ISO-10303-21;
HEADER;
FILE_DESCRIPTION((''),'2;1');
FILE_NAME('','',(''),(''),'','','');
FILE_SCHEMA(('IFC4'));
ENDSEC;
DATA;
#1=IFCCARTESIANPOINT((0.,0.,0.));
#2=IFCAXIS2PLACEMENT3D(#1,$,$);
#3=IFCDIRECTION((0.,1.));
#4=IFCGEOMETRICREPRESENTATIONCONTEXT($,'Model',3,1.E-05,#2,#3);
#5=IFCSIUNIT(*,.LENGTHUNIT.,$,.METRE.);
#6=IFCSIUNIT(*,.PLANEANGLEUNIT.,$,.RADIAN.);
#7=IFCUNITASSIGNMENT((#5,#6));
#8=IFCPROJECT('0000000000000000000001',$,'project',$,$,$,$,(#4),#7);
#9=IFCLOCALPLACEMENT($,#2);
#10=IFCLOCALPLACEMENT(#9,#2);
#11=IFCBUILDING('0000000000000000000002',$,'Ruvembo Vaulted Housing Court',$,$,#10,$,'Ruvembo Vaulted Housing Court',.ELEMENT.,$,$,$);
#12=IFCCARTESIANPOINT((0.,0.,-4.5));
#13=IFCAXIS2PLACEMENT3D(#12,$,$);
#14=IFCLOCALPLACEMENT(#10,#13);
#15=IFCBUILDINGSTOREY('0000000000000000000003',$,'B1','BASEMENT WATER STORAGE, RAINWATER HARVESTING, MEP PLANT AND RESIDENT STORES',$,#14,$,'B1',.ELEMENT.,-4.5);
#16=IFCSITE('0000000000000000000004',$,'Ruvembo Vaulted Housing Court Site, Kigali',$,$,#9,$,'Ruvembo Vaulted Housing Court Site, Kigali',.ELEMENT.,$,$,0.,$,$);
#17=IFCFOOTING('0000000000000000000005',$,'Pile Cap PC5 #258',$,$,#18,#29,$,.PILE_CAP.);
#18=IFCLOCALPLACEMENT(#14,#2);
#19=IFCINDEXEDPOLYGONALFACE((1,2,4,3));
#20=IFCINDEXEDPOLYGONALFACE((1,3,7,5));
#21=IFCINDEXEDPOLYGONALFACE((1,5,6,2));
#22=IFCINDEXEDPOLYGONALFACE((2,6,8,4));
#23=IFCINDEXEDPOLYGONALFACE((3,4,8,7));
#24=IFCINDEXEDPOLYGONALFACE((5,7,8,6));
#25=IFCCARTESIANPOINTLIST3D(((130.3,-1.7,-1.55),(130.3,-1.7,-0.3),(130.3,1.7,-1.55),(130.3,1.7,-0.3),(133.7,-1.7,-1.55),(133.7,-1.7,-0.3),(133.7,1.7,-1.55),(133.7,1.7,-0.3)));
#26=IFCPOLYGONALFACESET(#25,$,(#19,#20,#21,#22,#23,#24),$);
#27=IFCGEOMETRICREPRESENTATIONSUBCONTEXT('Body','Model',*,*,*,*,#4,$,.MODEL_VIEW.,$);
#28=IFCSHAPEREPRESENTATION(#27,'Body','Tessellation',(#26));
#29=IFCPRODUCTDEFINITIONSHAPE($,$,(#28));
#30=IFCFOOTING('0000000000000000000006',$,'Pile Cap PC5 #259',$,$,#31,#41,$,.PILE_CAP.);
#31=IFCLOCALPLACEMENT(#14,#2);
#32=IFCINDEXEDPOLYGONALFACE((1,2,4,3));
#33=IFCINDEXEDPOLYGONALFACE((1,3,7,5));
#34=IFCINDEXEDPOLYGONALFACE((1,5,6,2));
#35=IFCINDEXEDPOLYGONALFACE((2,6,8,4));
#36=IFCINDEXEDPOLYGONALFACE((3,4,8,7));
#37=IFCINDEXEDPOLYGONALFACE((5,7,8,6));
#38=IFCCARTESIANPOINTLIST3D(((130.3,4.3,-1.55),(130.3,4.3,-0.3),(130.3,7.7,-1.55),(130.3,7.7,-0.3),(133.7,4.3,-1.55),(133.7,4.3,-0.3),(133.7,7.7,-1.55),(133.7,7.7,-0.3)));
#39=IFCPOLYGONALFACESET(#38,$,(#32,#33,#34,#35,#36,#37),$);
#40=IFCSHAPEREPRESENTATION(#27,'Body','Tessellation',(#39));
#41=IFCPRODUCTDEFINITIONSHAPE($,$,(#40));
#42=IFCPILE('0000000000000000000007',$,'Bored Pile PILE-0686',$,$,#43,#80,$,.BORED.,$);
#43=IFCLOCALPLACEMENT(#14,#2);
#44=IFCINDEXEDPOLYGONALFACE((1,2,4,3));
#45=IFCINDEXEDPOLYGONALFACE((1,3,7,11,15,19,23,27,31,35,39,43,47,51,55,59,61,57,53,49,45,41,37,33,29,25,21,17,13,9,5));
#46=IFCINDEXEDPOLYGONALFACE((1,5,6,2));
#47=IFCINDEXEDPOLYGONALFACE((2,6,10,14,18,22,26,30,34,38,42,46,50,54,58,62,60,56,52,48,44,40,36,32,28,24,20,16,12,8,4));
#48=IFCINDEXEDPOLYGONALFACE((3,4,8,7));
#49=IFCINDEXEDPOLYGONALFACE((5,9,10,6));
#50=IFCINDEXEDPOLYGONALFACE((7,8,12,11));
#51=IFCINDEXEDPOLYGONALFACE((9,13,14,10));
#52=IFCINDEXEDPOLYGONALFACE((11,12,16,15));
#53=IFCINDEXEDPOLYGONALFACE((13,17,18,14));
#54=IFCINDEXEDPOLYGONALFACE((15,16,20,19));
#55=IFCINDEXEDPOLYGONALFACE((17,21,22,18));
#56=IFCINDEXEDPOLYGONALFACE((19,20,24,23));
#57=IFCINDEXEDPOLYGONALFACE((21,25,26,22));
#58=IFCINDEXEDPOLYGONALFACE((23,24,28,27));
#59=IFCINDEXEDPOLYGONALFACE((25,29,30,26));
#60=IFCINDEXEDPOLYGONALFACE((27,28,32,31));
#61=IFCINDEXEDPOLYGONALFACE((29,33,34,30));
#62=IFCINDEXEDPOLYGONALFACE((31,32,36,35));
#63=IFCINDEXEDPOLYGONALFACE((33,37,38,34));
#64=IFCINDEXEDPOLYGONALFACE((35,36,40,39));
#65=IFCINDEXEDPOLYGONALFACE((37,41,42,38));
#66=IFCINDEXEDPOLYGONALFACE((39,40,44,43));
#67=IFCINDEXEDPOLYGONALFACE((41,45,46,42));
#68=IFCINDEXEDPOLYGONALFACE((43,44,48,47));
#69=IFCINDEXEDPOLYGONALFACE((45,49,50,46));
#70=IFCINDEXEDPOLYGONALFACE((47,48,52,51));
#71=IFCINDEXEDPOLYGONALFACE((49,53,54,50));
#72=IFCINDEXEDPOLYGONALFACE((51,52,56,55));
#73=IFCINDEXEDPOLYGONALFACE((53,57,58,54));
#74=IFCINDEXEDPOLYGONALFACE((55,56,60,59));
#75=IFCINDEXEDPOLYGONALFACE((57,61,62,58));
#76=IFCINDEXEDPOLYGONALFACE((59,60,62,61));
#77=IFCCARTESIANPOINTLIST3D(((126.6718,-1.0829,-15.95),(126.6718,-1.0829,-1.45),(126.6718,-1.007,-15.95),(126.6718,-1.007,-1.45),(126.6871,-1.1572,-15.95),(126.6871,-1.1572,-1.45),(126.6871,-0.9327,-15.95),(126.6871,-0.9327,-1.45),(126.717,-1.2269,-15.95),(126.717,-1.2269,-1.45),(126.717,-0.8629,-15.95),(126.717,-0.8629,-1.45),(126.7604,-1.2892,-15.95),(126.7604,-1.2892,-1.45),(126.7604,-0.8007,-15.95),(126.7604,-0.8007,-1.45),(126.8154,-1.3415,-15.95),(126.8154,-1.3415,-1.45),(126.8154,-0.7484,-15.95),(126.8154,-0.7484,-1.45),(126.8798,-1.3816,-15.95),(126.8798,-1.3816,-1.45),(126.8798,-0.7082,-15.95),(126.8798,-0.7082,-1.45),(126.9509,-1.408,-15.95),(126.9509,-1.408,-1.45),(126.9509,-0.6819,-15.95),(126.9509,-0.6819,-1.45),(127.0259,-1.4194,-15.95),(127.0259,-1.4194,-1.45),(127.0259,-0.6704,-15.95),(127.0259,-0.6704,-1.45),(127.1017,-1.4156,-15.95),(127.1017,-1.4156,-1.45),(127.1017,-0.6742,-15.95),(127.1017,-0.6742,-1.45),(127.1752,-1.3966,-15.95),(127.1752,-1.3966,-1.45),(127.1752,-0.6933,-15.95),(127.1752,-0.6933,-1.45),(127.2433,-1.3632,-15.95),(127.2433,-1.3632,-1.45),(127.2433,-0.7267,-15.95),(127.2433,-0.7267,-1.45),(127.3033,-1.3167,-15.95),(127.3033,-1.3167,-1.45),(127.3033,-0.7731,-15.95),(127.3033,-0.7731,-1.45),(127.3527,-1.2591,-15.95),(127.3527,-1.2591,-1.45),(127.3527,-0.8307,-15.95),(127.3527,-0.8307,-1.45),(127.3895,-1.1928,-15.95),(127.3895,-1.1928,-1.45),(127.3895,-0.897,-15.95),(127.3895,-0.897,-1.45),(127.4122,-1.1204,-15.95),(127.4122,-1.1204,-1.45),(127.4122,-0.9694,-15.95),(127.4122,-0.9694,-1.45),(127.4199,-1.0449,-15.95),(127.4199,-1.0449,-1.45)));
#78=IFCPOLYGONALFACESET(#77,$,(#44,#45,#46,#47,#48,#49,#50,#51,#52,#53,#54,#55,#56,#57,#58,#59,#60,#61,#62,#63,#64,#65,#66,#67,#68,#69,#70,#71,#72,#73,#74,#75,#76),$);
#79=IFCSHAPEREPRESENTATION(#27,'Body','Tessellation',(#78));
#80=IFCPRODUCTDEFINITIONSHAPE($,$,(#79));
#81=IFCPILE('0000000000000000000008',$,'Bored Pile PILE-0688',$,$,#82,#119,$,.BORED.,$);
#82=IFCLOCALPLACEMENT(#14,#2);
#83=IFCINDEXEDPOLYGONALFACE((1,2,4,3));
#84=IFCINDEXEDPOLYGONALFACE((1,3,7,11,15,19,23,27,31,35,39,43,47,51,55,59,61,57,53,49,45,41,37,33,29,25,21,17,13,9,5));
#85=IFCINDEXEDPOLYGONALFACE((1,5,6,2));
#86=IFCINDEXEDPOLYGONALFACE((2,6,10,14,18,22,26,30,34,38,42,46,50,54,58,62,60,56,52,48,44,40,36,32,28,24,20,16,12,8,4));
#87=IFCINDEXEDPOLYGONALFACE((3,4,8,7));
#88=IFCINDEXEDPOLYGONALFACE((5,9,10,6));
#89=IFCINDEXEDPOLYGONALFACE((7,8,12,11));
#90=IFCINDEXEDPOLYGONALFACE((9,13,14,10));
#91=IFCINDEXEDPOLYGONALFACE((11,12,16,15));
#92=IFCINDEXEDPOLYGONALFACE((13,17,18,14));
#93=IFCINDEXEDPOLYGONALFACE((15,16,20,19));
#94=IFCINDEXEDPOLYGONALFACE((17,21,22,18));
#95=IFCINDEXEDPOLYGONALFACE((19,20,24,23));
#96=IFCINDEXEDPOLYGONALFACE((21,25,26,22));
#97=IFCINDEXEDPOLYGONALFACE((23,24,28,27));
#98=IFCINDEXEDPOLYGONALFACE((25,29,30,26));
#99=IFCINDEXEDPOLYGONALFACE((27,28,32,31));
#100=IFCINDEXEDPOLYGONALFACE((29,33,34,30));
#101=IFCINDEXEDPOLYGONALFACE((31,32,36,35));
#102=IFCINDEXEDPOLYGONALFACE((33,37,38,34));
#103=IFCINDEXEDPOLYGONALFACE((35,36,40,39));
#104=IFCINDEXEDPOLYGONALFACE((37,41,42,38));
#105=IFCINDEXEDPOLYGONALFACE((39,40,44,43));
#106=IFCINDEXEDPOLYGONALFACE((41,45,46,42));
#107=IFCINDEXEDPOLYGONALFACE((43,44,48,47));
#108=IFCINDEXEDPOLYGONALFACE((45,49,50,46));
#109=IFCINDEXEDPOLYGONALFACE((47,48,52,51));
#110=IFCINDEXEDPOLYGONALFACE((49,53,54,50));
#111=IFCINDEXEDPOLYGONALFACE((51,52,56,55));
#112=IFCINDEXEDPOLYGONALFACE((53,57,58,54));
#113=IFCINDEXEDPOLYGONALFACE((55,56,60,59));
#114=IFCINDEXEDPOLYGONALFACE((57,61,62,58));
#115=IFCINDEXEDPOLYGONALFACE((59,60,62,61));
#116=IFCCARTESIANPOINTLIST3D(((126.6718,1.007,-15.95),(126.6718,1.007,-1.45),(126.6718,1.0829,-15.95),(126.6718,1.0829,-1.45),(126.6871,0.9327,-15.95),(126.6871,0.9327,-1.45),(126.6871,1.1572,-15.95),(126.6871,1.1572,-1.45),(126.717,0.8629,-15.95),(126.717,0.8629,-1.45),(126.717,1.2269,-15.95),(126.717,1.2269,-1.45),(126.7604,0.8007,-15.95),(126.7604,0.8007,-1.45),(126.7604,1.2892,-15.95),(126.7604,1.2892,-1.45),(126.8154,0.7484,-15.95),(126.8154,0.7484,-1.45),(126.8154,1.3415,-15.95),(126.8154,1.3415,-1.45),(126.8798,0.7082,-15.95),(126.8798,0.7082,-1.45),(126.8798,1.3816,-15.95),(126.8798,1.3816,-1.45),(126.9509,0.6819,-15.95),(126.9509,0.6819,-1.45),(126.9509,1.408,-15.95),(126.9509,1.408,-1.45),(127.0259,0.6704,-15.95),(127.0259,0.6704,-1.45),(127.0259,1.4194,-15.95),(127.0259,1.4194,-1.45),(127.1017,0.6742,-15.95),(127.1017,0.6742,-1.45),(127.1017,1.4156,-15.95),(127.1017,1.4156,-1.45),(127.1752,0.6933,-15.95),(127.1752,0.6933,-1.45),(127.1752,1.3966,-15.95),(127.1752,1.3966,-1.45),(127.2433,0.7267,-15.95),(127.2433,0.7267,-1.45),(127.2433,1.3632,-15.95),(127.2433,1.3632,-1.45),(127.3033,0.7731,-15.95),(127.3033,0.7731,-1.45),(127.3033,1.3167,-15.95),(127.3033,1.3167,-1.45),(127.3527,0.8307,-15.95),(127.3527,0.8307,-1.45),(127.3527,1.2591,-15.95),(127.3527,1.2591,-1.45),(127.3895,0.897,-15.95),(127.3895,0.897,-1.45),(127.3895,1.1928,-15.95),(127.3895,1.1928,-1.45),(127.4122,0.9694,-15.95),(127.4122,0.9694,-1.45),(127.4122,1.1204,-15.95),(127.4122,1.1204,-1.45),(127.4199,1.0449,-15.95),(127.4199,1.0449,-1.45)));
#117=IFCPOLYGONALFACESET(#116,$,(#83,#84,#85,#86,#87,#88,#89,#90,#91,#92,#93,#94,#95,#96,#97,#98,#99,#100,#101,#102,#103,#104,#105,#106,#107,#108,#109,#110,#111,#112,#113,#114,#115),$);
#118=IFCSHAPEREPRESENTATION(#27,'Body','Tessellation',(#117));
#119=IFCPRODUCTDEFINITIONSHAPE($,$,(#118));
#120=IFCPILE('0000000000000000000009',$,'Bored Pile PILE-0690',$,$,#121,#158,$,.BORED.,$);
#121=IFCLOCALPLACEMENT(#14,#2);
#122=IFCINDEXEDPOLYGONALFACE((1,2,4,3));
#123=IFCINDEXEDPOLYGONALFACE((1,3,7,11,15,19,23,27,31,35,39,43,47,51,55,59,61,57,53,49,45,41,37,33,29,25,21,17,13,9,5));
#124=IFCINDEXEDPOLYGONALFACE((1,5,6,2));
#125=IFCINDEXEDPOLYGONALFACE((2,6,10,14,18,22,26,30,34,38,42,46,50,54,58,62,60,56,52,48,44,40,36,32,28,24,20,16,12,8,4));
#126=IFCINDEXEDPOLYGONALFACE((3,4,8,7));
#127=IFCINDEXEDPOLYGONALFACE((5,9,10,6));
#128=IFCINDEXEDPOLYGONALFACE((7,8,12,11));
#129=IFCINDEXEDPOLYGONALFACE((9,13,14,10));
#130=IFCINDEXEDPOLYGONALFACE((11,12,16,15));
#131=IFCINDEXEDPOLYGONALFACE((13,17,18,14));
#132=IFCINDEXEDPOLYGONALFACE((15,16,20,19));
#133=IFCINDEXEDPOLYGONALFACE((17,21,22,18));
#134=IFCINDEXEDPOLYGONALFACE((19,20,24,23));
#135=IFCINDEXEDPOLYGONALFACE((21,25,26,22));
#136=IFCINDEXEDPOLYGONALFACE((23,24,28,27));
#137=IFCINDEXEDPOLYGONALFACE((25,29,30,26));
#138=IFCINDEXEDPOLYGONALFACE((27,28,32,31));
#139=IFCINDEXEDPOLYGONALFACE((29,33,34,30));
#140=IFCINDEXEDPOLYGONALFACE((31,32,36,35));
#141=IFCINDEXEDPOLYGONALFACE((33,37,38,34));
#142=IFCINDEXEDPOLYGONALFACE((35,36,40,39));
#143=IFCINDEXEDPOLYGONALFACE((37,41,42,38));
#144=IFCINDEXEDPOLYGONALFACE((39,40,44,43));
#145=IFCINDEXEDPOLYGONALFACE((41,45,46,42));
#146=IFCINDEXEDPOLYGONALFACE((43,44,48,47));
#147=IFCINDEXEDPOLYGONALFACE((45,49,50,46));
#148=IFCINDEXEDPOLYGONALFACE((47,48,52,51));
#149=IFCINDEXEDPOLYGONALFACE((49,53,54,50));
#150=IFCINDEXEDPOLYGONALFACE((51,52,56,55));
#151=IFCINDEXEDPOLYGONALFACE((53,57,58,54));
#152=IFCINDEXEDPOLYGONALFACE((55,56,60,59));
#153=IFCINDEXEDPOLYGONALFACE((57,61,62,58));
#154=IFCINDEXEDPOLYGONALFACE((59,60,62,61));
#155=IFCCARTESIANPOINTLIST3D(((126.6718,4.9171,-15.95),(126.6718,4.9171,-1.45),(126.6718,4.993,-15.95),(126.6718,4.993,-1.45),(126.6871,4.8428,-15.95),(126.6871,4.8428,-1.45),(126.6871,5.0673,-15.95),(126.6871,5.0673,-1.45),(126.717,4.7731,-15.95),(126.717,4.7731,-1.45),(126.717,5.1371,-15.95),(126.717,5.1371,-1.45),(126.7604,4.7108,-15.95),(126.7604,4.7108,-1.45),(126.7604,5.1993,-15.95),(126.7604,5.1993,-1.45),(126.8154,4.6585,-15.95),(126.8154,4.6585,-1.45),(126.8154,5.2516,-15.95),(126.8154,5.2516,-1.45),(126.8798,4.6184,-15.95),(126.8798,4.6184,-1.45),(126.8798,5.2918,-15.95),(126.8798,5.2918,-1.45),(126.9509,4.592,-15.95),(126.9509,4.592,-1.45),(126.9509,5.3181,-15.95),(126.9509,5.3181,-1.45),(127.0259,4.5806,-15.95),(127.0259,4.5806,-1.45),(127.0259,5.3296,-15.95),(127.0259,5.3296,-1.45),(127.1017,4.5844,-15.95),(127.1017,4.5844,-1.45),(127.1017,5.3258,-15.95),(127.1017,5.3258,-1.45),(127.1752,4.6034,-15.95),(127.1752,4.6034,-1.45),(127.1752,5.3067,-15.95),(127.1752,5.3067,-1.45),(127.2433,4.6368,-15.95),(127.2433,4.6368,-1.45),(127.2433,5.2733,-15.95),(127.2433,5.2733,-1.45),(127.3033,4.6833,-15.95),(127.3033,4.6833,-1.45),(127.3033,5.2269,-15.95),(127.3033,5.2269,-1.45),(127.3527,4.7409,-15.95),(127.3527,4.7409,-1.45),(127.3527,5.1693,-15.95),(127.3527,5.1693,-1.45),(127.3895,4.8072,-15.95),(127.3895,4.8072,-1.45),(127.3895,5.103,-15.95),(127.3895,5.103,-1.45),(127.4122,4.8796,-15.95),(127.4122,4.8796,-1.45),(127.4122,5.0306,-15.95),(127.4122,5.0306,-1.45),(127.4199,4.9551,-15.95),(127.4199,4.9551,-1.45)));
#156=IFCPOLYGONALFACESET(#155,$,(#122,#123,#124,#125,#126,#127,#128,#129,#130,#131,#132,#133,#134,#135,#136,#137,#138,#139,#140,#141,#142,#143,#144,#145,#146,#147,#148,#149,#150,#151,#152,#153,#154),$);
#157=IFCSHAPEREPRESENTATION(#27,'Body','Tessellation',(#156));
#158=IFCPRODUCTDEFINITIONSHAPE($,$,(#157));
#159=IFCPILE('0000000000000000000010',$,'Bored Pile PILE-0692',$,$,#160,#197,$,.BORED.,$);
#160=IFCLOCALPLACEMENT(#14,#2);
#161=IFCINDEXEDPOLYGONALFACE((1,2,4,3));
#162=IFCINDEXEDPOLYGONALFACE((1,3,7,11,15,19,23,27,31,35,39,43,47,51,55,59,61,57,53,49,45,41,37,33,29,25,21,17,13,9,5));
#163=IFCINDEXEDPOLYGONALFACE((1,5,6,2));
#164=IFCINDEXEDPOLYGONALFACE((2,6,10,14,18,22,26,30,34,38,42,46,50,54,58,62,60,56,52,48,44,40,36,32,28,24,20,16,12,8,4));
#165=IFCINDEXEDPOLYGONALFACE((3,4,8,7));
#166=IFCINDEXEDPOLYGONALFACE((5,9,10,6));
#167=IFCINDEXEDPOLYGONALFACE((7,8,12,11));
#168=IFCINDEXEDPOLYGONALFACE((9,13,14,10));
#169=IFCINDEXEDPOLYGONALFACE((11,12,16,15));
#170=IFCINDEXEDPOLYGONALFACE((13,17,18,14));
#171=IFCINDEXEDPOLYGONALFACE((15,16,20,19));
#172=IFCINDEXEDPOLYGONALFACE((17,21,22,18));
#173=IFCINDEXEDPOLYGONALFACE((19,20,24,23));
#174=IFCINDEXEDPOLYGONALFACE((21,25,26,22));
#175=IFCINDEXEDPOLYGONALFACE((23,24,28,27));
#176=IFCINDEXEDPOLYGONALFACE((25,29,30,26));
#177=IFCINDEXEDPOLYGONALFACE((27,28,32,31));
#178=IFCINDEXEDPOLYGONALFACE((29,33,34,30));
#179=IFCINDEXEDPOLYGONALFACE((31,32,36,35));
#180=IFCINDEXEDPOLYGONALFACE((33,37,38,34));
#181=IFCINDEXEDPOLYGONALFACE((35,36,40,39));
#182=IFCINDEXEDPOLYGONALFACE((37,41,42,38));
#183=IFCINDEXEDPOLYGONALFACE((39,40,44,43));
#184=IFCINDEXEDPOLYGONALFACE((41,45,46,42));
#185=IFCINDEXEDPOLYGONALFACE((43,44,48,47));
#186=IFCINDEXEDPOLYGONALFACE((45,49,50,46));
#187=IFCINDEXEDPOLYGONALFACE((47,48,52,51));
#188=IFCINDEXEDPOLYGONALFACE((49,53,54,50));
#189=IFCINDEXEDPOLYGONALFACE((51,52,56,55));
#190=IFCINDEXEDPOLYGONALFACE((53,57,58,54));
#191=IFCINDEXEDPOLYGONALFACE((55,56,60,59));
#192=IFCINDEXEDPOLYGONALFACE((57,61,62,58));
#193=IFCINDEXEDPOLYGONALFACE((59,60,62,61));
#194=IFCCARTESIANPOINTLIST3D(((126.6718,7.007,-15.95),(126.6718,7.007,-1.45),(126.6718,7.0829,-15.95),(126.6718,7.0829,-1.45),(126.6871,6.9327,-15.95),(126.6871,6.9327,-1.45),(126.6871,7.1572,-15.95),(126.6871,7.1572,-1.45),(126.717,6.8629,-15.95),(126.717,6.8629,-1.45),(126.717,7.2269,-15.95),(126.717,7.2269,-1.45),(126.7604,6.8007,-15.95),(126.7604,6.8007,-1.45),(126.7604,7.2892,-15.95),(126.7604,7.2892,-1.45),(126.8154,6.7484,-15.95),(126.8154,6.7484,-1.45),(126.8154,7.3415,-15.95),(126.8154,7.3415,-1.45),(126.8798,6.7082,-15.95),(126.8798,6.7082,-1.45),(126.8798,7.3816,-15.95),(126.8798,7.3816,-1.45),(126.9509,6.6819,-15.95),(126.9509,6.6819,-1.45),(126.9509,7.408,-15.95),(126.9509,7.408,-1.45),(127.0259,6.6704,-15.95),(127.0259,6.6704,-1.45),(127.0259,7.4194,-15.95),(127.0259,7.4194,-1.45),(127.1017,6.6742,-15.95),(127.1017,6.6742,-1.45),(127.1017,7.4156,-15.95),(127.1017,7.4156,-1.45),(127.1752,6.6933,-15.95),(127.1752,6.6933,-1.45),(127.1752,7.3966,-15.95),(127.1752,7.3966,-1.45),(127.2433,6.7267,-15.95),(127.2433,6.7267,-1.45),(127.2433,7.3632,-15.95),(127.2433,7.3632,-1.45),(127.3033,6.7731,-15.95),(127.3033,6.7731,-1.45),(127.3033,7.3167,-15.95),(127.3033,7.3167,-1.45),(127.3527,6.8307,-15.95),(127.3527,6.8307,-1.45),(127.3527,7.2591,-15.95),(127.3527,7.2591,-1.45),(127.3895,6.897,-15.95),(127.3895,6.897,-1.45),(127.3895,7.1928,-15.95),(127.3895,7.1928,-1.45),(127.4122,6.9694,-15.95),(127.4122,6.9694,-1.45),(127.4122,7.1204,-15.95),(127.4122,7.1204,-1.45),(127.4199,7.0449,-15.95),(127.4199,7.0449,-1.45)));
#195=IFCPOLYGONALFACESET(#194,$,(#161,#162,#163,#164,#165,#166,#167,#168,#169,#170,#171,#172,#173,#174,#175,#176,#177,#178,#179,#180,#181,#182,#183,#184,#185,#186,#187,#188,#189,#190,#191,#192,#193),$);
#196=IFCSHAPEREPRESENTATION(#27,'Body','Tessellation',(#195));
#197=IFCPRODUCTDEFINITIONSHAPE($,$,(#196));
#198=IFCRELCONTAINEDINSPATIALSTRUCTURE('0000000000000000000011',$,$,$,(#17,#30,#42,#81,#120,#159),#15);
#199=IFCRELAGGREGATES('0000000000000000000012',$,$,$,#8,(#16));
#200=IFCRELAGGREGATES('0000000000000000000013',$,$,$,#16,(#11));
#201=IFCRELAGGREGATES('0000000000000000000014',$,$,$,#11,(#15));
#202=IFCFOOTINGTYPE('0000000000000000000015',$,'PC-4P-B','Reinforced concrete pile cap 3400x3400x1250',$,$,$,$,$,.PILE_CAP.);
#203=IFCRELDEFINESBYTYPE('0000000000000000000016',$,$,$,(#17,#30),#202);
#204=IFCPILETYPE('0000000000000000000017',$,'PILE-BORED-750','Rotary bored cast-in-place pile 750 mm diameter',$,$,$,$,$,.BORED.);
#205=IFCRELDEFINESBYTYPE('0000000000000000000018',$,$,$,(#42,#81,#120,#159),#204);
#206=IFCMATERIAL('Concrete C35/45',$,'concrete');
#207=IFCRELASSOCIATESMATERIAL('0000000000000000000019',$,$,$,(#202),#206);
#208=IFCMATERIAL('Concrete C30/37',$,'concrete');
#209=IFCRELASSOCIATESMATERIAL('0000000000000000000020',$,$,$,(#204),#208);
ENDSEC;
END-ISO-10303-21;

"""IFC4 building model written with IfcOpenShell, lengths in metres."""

from ifc_helpers import new_model, si_unit, direction, frame, origin, origin_2d, place, context, subcontext, project, spatial, rectangle, circle, extrude, material, material_profile, profile_set, type_object, element, save


model = new_model("IFC4")

# Units and contexts
model_context = context("Model", 3, precision=1e-05, world=origin(), true_north=direction((0.0, 1.0)))
body_context = subcontext(model_context, "Body", "Model", "MODEL_VIEW")
ifc_project = project(units=[si_unit("LENGTHUNIT", "METRE"), si_unit("PLANEANGLEUNIT", "RADIAN")], contexts=[model_context])

# Site, building, storey
site_placement = place(None, origin())
site = spatial("IfcSite", under=ifc_project, at=site_placement, Name="Ruvembo Vaulted Housing Court Site, Kigali", LongName="Ruvembo Vaulted Housing Court Site, Kigali", CompositionType="ELEMENT", RefElevation=0.0)
building_placement = place(site_placement, origin())
building = spatial("IfcBuilding", under=site, at=building_placement, Name="Ruvembo Vaulted Housing Court", LongName="Ruvembo Vaulted Housing Court", CompositionType="ELEMENT")
storey_placement = place(building_placement, frame((0.0, 0.0, -4.5)))
storey = spatial("IfcBuildingStorey", under=building, at=storey_placement, Name="B1", Description="BASEMENT WATER STORAGE, RAINWATER HARVESTING, MEP PLANT AND RESIDENT STORES", LongName="B1", CompositionType="ELEMENT", Elevation=-4.5)

# Footings
ifc_material_1 = material(Name="Concrete C35/45", Category="concrete")
footing_type = type_object("IfcFootingType", Name="PC-4P-B", Description="Reinforced concrete pile cap 3400x3400x1250", PredefinedType="PILE_CAP", material=ifc_material_1)
for number, where, z_axis, x_axis, name in (
    (1, (132.0, 0.0, -1.55), (0.0, 0.0, 1.0), (1.0, 0.0, 0.0), "Pile Cap PC5 #258"),
    (2, (132.0, 6.0, -1.55), (0.0, 0.0, 1.0), (1.0, 0.0, 0.0), "Pile Cap PC5 #259"),
):
    element("IfcFooting", number, at=place(storey_placement, frame(where, z_axis=z_axis, x_axis=x_axis)), inside=storey, type_object=footing_type, Name=name, PredefinedType="PILE_CAP", context=body_context, shape_type="SweptSolid", body=[
        extrude(rectangle(XDim=3.3999, YDim=3.3999, at=origin_2d()), origin(), (0.0, 0.0, 1.0), 1.25),
    ])

# Piles
ifc_material_2 = material(Name="Concrete C30/37", Category="concrete")
ifc_material_profile_1 = material_profile(ifc_material_2, circle(Radius=0.375, at=origin_2d()), Name="PILE D750")
ifc_profile_set_1 = profile_set([ifc_material_profile_1], Name="Concrete C30/37")
pile_type = type_object("IfcPileType", Name="PILE-BORED-750", Description="Rotary bored cast-in-place pile 750 mm diameter", PredefinedType="BORED", material=ifc_profile_set_1)
for number, where, z_axis, x_axis, name in (
    (3, (127.0449, -1.0449, -1.45), (0.0, 0.0, -1.0), (1.0, 0.0, 0.0), "Bored Pile PILE-0686"),
    (4, (127.0449, 1.0449, -1.45), (0.0, 0.0, -1.0), (1.0, 0.0, 0.0), "Bored Pile PILE-0688"),
    (5, (127.0449, 4.9551, -1.45), (0.0, 0.0, -1.0), (1.0, 0.0, 0.0), "Bored Pile PILE-0690"),
    (6, (127.0449, 7.0449, -1.45), (0.0, 0.0, -1.0), (1.0, 0.0, 0.0), "Bored Pile PILE-0692"),
):
    element("IfcPile", number, at=place(storey_placement, frame(where, z_axis=z_axis, x_axis=x_axis)), inside=storey, type_object=pile_type, Name=name, PredefinedType="BORED", context=body_context, shape_type="SweptSolid", body=[
        extrude(circle(Radius=0.375, at=origin_2d()), origin(), (0.0, 0.0, 1.0), 14.5),
    ])

save(model, "model.ifc")
